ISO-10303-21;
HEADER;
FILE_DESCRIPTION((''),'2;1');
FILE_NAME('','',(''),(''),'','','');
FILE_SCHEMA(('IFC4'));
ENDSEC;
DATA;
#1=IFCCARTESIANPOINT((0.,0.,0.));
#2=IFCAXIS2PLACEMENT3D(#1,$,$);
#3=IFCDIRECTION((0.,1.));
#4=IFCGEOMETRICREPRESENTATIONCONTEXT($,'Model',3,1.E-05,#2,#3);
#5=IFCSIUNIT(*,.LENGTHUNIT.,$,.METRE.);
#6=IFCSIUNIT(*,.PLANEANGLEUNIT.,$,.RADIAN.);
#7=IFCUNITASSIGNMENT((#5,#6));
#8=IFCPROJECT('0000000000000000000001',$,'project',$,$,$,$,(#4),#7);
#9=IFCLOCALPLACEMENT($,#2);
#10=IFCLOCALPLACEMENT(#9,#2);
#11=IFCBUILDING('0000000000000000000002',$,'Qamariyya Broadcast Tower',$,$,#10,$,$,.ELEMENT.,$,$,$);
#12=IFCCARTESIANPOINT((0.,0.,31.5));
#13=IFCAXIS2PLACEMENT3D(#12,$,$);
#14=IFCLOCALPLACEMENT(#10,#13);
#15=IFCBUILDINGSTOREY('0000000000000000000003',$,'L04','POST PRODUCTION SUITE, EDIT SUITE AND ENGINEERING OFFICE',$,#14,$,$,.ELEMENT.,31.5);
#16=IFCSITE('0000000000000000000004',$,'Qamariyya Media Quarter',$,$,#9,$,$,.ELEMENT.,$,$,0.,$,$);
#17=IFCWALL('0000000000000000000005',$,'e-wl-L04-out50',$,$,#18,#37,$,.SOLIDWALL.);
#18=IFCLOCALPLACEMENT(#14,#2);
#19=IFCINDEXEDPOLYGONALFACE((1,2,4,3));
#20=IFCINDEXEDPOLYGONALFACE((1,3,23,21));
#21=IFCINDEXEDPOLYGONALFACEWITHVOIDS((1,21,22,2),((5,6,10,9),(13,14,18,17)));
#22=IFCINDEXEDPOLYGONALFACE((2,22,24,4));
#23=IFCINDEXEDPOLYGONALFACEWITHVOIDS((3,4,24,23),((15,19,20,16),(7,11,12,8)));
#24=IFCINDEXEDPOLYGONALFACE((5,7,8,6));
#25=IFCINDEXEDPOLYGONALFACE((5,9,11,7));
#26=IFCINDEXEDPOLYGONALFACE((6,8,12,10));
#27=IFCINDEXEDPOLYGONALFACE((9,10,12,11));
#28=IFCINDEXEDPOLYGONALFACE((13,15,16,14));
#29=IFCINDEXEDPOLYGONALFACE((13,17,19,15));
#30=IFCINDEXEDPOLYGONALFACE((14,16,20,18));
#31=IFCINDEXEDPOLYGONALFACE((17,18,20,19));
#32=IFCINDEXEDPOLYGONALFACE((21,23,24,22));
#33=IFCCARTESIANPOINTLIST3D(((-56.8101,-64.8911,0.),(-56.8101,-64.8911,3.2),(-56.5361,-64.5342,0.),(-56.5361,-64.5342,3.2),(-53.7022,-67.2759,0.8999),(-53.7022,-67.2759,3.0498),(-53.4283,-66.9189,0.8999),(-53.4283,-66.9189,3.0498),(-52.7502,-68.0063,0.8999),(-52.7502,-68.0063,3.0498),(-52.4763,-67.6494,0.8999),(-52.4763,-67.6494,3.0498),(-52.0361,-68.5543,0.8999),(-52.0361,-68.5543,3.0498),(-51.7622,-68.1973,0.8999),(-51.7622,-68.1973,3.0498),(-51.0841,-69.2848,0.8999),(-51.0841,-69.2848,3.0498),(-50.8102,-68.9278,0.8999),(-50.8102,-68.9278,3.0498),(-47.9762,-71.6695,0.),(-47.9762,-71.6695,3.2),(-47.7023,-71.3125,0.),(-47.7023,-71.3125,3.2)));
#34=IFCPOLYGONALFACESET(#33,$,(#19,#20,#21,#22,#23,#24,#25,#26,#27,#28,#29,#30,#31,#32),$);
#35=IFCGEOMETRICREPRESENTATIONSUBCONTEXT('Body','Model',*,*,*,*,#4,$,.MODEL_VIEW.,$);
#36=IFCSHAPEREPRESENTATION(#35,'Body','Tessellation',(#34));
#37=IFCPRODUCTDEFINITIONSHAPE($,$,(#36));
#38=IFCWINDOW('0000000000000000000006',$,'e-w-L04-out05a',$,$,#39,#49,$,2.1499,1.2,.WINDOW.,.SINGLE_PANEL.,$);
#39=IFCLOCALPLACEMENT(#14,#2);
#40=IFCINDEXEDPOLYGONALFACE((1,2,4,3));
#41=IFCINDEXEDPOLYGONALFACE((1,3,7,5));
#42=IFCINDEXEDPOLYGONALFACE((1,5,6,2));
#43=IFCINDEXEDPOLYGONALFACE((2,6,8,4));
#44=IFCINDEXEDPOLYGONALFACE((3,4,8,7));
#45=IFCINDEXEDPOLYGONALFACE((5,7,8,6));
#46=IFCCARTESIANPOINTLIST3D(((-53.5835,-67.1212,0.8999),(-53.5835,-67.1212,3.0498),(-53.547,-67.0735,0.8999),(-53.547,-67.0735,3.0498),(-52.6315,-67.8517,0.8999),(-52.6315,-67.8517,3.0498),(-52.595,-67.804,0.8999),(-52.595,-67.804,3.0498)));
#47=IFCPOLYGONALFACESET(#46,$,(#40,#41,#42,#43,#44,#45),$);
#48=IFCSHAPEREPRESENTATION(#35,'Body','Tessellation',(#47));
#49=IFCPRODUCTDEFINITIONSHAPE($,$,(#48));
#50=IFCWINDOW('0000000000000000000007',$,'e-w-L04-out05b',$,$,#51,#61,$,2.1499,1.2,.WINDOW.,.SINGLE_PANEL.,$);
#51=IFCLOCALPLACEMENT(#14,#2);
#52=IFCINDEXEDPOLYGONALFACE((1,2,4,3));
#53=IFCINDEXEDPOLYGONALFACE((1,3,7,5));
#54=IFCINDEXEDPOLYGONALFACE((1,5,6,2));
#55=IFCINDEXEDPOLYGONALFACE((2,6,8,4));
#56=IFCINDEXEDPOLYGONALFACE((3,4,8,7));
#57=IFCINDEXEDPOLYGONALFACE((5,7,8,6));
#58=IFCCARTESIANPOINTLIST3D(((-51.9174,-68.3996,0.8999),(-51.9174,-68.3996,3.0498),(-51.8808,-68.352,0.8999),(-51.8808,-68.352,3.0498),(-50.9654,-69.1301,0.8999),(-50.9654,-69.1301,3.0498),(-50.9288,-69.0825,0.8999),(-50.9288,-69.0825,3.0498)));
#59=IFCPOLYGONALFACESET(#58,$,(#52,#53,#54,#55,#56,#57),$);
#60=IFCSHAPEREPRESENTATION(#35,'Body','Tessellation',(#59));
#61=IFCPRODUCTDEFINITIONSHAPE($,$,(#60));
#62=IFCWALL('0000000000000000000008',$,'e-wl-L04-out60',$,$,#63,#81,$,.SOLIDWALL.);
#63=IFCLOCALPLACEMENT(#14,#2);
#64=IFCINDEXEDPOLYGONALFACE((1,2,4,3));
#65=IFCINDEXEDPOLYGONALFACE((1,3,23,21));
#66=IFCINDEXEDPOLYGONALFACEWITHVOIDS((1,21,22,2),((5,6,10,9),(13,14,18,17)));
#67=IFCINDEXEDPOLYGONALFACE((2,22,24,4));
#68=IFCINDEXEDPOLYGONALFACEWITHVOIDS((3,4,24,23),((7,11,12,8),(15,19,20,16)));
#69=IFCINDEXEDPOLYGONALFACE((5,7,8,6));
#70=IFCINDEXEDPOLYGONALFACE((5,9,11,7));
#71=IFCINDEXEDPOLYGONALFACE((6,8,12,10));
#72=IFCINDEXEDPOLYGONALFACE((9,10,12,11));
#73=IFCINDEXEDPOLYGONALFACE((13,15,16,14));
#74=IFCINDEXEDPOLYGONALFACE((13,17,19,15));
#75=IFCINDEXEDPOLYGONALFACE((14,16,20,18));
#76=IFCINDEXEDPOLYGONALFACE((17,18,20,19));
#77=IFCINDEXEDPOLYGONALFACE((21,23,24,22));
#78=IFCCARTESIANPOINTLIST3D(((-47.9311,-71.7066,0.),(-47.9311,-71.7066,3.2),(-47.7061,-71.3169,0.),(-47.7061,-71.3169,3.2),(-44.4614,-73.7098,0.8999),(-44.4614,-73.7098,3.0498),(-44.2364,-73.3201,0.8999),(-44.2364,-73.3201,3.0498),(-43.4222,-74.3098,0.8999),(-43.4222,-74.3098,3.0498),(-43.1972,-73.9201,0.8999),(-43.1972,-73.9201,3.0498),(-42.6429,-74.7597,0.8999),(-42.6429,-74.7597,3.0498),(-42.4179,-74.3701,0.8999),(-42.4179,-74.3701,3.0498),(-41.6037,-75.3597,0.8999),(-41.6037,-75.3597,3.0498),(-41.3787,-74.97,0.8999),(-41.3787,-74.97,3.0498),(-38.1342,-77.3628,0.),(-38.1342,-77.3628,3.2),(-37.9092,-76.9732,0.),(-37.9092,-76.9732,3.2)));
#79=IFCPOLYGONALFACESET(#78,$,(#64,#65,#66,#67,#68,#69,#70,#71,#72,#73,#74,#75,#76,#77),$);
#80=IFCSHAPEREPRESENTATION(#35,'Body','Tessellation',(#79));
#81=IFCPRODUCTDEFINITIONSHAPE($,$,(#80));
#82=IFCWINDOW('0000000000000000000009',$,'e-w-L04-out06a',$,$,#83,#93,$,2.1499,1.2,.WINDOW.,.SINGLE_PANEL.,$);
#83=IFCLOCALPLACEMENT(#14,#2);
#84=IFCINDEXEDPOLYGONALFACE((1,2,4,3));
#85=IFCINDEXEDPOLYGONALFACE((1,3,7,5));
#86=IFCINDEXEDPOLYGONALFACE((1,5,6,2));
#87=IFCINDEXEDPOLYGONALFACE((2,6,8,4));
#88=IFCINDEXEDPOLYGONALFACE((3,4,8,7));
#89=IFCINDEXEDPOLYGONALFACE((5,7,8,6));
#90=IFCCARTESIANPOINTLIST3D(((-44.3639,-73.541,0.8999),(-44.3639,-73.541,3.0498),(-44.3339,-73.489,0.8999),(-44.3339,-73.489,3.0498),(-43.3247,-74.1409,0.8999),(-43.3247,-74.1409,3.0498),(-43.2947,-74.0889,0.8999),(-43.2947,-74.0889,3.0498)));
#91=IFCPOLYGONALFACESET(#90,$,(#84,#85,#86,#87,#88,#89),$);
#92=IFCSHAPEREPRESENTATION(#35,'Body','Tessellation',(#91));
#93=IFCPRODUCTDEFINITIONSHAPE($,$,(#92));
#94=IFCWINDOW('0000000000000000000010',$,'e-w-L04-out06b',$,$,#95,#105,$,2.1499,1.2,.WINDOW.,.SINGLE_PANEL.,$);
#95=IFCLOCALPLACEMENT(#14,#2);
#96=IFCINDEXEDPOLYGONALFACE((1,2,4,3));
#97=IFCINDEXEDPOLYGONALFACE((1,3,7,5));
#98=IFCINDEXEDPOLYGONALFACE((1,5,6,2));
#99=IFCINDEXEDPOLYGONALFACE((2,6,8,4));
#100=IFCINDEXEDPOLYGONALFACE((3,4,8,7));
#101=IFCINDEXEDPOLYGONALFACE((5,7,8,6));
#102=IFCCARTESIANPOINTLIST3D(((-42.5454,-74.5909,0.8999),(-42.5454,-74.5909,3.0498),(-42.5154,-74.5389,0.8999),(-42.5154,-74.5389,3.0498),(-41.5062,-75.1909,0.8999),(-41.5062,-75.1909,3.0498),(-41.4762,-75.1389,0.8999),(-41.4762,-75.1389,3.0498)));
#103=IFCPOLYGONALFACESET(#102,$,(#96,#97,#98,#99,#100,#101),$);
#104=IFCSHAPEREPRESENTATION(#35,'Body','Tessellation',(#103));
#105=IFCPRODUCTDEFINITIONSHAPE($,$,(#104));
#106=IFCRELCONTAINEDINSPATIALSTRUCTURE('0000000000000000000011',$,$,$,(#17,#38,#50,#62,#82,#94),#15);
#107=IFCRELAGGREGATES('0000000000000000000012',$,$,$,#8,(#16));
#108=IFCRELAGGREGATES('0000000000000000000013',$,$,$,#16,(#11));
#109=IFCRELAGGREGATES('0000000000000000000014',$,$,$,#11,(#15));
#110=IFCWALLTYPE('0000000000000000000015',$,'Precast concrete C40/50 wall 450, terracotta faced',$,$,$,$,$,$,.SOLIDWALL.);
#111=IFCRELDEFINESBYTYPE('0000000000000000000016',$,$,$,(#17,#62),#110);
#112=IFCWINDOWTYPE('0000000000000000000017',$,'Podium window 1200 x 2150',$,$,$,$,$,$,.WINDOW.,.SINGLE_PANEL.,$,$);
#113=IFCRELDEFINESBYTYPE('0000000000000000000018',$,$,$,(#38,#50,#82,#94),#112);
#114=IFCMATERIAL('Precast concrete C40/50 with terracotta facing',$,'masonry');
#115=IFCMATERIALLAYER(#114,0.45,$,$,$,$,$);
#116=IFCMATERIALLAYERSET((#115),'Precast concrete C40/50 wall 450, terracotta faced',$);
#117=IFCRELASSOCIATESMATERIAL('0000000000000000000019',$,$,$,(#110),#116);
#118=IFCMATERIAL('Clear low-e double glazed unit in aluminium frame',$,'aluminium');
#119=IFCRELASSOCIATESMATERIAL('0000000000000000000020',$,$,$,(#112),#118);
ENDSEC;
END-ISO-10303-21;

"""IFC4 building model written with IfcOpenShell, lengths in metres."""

from ifc_helpers import new_model, si_unit, direction, frame, frame_2d, origin, place, context, subcontext, project, spatial, rectangle, extrude, material, layer, layer_set, type_object, element, fill, save


model = new_model("IFC4")

# Units and contexts
model_context = context("Model", 3, precision=1e-05, world=origin(), true_north=direction((0.0, 1.0)))
body_context = subcontext(model_context, "Body", "Model", "MODEL_VIEW")
ifc_project = project(units=[si_unit("LENGTHUNIT", "METRE"), si_unit("PLANEANGLEUNIT", "RADIAN")], contexts=[model_context])

# Site, building, storey
site_placement = place(None, origin())
site = spatial("IfcSite", under=ifc_project, at=site_placement, Name="Qamariyya Media Quarter", CompositionType="ELEMENT", RefElevation=0.0)
building_placement = place(site_placement, origin())
building = spatial("IfcBuilding", under=site, at=building_placement, Name="Qamariyya Broadcast Tower", CompositionType="ELEMENT")
storey_placement = place(building_placement, frame((0.0, 0.0, 31.5)))
storey = spatial("IfcBuildingStorey", under=building, at=storey_placement, Name="L04", Description="POST PRODUCTION SUITE, EDIT SUITE AND ENGINEERING OFFICE", CompositionType="ELEMENT", Elevation=31.5)

# Walls, openings, windows
ifc_material_1 = material(Name="Precast concrete C40/50 with terracotta facing", Category="masonry")
ifc_layer_1 = layer(ifc_material_1, 0.45)
ifc_layer_set_1 = layer_set([ifc_layer_1], Name="Precast concrete C40/50 wall 450, terracotta faced")
wall_type_1 = type_object("IfcWallType", Name="Precast concrete C40/50 wall 450, terracotta faced", PredefinedType="SOLIDWALL", material=ifc_layer_set_1)
wall_1_placement = place(storey_placement, frame((-56.6731, -64.7126, 0.0), z_axis=(0.0, 0.0, 1.0), x_axis=(0.793355, -0.608759, 0.0)))
wall_1 = element("IfcWall", 1, at=wall_1_placement, inside=storey, type_object=wall_type_1, Name="e-wl-L04-out50", PredefinedType="SOLIDWALL", context=body_context, shape_type="SweptSolid", body=[
    extrude(rectangle(XDim=11.1348, YDim=0.45, at=frame_2d((5.5674, 0.0))), origin(), (0.0, 0.0, 1.0), 3.2),
])
opening_1_placement = place(wall_1_placement, frame((3.9172, 0.0, 0.8999)))
opening_1 = element("IfcOpeningElement", 2, at=opening_1_placement, cuts=wall_1, PredefinedType="OPENING", context=body_context, shape_type="SweptSolid", body=[
    extrude(rectangle(XDim=1.2, YDim=2.1499, at=frame_2d((0.6001, 1.075))), frame((0.0, 0.2349, 0.0), z_axis=(0.0, -1.0, 0.0), x_axis=(1.0, 0.0, 0.0)), (0.0, 0.0, 1.0), 0.47),
])
opening_2_placement = place(wall_1_placement, frame((6.0173, 0.0, 0.8999)))
opening_2 = element("IfcOpeningElement", 3, at=opening_2_placement, cuts=wall_1, PredefinedType="OPENING", context=body_context, shape_type="SweptSolid", body=[
    extrude(rectangle(XDim=1.2, YDim=2.1499, at=frame_2d((0.6001, 1.075))), frame((0.0, 0.2349, 0.0), z_axis=(0.0, -1.0, 0.0), x_axis=(1.0, 0.0, 0.0)), (0.0, 0.0, 1.0), 0.47),
])
ifc_material_2 = material(Name="Clear low-e double glazed unit in aluminium frame", Category="aluminium")
window_type = type_object("IfcWindowType", Name="Podium window 1200 x 2150", PartitioningType="SINGLE_PANEL", PredefinedType="WINDOW", material=ifc_material_2)
window_1_placement = place(opening_1_placement, origin())
window_1 = element("IfcWindow", 4, at=window_1_placement, inside=storey, type_object=window_type, Name="e-w-L04-out05a", OverallHeight=2.1499, OverallWidth=1.2, PartitioningType="SINGLE_PANEL", PredefinedType="WINDOW", context=body_context, shape_type="SweptSolid", body=[
    extrude(rectangle(XDim=1.2, YDim=2.1499, at=frame_2d((0.6001, 1.075))), frame((0.0, 0.03, 0.0), z_axis=(0.0, -1.0, 0.0), x_axis=(1.0, 0.0, 0.0)), (0.0, 0.0, 1.0), 0.0601),
])
fill(opening_1, window_1)
window_2_placement = place(opening_2_placement, origin())
window_2 = element("IfcWindow", 5, at=window_2_placement, inside=storey, type_object=window_type, Name="e-w-L04-out05b", OverallHeight=2.1499, OverallWidth=1.2, PartitioningType="SINGLE_PANEL", PredefinedType="WINDOW", context=body_context, shape_type="SweptSolid", body=[
    extrude(rectangle(XDim=1.2, YDim=2.1499, at=frame_2d((0.6001, 1.075))), frame((0.0, 0.03, 0.0), z_axis=(0.0, -1.0, 0.0), x_axis=(1.0, 0.0, 0.0)), (0.0, 0.0, 1.0), 0.0601),
])
fill(opening_2, window_2)
wall_2_placement = place(storey_placement, frame((-47.8186, -71.5117, 0.0), z_axis=(0.0, 0.0, 1.0), x_axis=(0.866025, -0.500001, 0.0)))
wall_2 = element("IfcWall", 6, at=wall_2_placement, inside=storey, type_object=wall_type_1, Name="e-wl-L04-out60", PredefinedType="SOLIDWALL", context=body_context, shape_type="SweptSolid", body=[
    extrude(rectangle(XDim=11.3125, YDim=0.45, at=frame_2d((5.6562, 0.0))), origin(), (0.0, 0.0, 1.0), 3.2),
])
opening_3_placement = place(wall_2_placement, frame((4.0063, 0.0, 0.8999)))
opening_3 = element("IfcOpeningElement", 7, at=opening_3_placement, cuts=wall_2, PredefinedType="OPENING", context=body_context, shape_type="SweptSolid", body=[
    extrude(rectangle(XDim=1.2, YDim=2.1499, at=frame_2d((0.6001, 1.075))), frame((0.0, 0.2349, 0.0), z_axis=(0.0, -1.0, 0.0), x_axis=(1.0, 0.0, 0.0)), (0.0, 0.0, 1.0), 0.47),
])
opening_4_placement = place(wall_2_placement, frame((6.1062, 0.0, 0.8999)))
opening_4 = element("IfcOpeningElement", 8, at=opening_4_placement, cuts=wall_2, PredefinedType="OPENING", context=body_context, shape_type="SweptSolid", body=[
    extrude(rectangle(XDim=1.2, YDim=2.1499, at=frame_2d((0.6001, 1.075))), frame((0.0, 0.2349, 0.0), z_axis=(0.0, -1.0, 0.0), x_axis=(1.0, 0.0, 0.0)), (0.0, 0.0, 1.0), 0.47),
])
window_3_placement = place(opening_3_placement, origin())
window_3 = element("IfcWindow", 9, at=window_3_placement, inside=storey, type_object=window_type, Name="e-w-L04-out06a", OverallHeight=2.1499, OverallWidth=1.2, PartitioningType="SINGLE_PANEL", PredefinedType="WINDOW", context=body_context, shape_type="SweptSolid", body=[
    extrude(rectangle(XDim=1.2, YDim=2.1499, at=frame_2d((0.6001, 1.075))), frame((0.0, 0.03, 0.0), z_axis=(0.0, -1.0, 0.0), x_axis=(1.0, 0.0, 0.0)), (0.0, 0.0, 1.0), 0.0601),
])
fill(opening_3, window_3)
window_4_placement = place(opening_4_placement, origin())
window_4 = element("IfcWindow", 10, at=window_4_placement, inside=storey, type_object=window_type, Name="e-w-L04-out06b", OverallHeight=2.1499, OverallWidth=1.2, PartitioningType="SINGLE_PANEL", PredefinedType="WINDOW", context=body_context, shape_type="SweptSolid", body=[
    extrude(rectangle(XDim=1.2, YDim=2.1499, at=frame_2d((0.6001, 1.075))), frame((0.0, 0.03, 0.0), z_axis=(0.0, -1.0, 0.0), x_axis=(1.0, 0.0, 0.0)), (0.0, 0.0, 1.0), 0.0601),
])
fill(opening_4, window_4)

save(model, "model.ifc")
